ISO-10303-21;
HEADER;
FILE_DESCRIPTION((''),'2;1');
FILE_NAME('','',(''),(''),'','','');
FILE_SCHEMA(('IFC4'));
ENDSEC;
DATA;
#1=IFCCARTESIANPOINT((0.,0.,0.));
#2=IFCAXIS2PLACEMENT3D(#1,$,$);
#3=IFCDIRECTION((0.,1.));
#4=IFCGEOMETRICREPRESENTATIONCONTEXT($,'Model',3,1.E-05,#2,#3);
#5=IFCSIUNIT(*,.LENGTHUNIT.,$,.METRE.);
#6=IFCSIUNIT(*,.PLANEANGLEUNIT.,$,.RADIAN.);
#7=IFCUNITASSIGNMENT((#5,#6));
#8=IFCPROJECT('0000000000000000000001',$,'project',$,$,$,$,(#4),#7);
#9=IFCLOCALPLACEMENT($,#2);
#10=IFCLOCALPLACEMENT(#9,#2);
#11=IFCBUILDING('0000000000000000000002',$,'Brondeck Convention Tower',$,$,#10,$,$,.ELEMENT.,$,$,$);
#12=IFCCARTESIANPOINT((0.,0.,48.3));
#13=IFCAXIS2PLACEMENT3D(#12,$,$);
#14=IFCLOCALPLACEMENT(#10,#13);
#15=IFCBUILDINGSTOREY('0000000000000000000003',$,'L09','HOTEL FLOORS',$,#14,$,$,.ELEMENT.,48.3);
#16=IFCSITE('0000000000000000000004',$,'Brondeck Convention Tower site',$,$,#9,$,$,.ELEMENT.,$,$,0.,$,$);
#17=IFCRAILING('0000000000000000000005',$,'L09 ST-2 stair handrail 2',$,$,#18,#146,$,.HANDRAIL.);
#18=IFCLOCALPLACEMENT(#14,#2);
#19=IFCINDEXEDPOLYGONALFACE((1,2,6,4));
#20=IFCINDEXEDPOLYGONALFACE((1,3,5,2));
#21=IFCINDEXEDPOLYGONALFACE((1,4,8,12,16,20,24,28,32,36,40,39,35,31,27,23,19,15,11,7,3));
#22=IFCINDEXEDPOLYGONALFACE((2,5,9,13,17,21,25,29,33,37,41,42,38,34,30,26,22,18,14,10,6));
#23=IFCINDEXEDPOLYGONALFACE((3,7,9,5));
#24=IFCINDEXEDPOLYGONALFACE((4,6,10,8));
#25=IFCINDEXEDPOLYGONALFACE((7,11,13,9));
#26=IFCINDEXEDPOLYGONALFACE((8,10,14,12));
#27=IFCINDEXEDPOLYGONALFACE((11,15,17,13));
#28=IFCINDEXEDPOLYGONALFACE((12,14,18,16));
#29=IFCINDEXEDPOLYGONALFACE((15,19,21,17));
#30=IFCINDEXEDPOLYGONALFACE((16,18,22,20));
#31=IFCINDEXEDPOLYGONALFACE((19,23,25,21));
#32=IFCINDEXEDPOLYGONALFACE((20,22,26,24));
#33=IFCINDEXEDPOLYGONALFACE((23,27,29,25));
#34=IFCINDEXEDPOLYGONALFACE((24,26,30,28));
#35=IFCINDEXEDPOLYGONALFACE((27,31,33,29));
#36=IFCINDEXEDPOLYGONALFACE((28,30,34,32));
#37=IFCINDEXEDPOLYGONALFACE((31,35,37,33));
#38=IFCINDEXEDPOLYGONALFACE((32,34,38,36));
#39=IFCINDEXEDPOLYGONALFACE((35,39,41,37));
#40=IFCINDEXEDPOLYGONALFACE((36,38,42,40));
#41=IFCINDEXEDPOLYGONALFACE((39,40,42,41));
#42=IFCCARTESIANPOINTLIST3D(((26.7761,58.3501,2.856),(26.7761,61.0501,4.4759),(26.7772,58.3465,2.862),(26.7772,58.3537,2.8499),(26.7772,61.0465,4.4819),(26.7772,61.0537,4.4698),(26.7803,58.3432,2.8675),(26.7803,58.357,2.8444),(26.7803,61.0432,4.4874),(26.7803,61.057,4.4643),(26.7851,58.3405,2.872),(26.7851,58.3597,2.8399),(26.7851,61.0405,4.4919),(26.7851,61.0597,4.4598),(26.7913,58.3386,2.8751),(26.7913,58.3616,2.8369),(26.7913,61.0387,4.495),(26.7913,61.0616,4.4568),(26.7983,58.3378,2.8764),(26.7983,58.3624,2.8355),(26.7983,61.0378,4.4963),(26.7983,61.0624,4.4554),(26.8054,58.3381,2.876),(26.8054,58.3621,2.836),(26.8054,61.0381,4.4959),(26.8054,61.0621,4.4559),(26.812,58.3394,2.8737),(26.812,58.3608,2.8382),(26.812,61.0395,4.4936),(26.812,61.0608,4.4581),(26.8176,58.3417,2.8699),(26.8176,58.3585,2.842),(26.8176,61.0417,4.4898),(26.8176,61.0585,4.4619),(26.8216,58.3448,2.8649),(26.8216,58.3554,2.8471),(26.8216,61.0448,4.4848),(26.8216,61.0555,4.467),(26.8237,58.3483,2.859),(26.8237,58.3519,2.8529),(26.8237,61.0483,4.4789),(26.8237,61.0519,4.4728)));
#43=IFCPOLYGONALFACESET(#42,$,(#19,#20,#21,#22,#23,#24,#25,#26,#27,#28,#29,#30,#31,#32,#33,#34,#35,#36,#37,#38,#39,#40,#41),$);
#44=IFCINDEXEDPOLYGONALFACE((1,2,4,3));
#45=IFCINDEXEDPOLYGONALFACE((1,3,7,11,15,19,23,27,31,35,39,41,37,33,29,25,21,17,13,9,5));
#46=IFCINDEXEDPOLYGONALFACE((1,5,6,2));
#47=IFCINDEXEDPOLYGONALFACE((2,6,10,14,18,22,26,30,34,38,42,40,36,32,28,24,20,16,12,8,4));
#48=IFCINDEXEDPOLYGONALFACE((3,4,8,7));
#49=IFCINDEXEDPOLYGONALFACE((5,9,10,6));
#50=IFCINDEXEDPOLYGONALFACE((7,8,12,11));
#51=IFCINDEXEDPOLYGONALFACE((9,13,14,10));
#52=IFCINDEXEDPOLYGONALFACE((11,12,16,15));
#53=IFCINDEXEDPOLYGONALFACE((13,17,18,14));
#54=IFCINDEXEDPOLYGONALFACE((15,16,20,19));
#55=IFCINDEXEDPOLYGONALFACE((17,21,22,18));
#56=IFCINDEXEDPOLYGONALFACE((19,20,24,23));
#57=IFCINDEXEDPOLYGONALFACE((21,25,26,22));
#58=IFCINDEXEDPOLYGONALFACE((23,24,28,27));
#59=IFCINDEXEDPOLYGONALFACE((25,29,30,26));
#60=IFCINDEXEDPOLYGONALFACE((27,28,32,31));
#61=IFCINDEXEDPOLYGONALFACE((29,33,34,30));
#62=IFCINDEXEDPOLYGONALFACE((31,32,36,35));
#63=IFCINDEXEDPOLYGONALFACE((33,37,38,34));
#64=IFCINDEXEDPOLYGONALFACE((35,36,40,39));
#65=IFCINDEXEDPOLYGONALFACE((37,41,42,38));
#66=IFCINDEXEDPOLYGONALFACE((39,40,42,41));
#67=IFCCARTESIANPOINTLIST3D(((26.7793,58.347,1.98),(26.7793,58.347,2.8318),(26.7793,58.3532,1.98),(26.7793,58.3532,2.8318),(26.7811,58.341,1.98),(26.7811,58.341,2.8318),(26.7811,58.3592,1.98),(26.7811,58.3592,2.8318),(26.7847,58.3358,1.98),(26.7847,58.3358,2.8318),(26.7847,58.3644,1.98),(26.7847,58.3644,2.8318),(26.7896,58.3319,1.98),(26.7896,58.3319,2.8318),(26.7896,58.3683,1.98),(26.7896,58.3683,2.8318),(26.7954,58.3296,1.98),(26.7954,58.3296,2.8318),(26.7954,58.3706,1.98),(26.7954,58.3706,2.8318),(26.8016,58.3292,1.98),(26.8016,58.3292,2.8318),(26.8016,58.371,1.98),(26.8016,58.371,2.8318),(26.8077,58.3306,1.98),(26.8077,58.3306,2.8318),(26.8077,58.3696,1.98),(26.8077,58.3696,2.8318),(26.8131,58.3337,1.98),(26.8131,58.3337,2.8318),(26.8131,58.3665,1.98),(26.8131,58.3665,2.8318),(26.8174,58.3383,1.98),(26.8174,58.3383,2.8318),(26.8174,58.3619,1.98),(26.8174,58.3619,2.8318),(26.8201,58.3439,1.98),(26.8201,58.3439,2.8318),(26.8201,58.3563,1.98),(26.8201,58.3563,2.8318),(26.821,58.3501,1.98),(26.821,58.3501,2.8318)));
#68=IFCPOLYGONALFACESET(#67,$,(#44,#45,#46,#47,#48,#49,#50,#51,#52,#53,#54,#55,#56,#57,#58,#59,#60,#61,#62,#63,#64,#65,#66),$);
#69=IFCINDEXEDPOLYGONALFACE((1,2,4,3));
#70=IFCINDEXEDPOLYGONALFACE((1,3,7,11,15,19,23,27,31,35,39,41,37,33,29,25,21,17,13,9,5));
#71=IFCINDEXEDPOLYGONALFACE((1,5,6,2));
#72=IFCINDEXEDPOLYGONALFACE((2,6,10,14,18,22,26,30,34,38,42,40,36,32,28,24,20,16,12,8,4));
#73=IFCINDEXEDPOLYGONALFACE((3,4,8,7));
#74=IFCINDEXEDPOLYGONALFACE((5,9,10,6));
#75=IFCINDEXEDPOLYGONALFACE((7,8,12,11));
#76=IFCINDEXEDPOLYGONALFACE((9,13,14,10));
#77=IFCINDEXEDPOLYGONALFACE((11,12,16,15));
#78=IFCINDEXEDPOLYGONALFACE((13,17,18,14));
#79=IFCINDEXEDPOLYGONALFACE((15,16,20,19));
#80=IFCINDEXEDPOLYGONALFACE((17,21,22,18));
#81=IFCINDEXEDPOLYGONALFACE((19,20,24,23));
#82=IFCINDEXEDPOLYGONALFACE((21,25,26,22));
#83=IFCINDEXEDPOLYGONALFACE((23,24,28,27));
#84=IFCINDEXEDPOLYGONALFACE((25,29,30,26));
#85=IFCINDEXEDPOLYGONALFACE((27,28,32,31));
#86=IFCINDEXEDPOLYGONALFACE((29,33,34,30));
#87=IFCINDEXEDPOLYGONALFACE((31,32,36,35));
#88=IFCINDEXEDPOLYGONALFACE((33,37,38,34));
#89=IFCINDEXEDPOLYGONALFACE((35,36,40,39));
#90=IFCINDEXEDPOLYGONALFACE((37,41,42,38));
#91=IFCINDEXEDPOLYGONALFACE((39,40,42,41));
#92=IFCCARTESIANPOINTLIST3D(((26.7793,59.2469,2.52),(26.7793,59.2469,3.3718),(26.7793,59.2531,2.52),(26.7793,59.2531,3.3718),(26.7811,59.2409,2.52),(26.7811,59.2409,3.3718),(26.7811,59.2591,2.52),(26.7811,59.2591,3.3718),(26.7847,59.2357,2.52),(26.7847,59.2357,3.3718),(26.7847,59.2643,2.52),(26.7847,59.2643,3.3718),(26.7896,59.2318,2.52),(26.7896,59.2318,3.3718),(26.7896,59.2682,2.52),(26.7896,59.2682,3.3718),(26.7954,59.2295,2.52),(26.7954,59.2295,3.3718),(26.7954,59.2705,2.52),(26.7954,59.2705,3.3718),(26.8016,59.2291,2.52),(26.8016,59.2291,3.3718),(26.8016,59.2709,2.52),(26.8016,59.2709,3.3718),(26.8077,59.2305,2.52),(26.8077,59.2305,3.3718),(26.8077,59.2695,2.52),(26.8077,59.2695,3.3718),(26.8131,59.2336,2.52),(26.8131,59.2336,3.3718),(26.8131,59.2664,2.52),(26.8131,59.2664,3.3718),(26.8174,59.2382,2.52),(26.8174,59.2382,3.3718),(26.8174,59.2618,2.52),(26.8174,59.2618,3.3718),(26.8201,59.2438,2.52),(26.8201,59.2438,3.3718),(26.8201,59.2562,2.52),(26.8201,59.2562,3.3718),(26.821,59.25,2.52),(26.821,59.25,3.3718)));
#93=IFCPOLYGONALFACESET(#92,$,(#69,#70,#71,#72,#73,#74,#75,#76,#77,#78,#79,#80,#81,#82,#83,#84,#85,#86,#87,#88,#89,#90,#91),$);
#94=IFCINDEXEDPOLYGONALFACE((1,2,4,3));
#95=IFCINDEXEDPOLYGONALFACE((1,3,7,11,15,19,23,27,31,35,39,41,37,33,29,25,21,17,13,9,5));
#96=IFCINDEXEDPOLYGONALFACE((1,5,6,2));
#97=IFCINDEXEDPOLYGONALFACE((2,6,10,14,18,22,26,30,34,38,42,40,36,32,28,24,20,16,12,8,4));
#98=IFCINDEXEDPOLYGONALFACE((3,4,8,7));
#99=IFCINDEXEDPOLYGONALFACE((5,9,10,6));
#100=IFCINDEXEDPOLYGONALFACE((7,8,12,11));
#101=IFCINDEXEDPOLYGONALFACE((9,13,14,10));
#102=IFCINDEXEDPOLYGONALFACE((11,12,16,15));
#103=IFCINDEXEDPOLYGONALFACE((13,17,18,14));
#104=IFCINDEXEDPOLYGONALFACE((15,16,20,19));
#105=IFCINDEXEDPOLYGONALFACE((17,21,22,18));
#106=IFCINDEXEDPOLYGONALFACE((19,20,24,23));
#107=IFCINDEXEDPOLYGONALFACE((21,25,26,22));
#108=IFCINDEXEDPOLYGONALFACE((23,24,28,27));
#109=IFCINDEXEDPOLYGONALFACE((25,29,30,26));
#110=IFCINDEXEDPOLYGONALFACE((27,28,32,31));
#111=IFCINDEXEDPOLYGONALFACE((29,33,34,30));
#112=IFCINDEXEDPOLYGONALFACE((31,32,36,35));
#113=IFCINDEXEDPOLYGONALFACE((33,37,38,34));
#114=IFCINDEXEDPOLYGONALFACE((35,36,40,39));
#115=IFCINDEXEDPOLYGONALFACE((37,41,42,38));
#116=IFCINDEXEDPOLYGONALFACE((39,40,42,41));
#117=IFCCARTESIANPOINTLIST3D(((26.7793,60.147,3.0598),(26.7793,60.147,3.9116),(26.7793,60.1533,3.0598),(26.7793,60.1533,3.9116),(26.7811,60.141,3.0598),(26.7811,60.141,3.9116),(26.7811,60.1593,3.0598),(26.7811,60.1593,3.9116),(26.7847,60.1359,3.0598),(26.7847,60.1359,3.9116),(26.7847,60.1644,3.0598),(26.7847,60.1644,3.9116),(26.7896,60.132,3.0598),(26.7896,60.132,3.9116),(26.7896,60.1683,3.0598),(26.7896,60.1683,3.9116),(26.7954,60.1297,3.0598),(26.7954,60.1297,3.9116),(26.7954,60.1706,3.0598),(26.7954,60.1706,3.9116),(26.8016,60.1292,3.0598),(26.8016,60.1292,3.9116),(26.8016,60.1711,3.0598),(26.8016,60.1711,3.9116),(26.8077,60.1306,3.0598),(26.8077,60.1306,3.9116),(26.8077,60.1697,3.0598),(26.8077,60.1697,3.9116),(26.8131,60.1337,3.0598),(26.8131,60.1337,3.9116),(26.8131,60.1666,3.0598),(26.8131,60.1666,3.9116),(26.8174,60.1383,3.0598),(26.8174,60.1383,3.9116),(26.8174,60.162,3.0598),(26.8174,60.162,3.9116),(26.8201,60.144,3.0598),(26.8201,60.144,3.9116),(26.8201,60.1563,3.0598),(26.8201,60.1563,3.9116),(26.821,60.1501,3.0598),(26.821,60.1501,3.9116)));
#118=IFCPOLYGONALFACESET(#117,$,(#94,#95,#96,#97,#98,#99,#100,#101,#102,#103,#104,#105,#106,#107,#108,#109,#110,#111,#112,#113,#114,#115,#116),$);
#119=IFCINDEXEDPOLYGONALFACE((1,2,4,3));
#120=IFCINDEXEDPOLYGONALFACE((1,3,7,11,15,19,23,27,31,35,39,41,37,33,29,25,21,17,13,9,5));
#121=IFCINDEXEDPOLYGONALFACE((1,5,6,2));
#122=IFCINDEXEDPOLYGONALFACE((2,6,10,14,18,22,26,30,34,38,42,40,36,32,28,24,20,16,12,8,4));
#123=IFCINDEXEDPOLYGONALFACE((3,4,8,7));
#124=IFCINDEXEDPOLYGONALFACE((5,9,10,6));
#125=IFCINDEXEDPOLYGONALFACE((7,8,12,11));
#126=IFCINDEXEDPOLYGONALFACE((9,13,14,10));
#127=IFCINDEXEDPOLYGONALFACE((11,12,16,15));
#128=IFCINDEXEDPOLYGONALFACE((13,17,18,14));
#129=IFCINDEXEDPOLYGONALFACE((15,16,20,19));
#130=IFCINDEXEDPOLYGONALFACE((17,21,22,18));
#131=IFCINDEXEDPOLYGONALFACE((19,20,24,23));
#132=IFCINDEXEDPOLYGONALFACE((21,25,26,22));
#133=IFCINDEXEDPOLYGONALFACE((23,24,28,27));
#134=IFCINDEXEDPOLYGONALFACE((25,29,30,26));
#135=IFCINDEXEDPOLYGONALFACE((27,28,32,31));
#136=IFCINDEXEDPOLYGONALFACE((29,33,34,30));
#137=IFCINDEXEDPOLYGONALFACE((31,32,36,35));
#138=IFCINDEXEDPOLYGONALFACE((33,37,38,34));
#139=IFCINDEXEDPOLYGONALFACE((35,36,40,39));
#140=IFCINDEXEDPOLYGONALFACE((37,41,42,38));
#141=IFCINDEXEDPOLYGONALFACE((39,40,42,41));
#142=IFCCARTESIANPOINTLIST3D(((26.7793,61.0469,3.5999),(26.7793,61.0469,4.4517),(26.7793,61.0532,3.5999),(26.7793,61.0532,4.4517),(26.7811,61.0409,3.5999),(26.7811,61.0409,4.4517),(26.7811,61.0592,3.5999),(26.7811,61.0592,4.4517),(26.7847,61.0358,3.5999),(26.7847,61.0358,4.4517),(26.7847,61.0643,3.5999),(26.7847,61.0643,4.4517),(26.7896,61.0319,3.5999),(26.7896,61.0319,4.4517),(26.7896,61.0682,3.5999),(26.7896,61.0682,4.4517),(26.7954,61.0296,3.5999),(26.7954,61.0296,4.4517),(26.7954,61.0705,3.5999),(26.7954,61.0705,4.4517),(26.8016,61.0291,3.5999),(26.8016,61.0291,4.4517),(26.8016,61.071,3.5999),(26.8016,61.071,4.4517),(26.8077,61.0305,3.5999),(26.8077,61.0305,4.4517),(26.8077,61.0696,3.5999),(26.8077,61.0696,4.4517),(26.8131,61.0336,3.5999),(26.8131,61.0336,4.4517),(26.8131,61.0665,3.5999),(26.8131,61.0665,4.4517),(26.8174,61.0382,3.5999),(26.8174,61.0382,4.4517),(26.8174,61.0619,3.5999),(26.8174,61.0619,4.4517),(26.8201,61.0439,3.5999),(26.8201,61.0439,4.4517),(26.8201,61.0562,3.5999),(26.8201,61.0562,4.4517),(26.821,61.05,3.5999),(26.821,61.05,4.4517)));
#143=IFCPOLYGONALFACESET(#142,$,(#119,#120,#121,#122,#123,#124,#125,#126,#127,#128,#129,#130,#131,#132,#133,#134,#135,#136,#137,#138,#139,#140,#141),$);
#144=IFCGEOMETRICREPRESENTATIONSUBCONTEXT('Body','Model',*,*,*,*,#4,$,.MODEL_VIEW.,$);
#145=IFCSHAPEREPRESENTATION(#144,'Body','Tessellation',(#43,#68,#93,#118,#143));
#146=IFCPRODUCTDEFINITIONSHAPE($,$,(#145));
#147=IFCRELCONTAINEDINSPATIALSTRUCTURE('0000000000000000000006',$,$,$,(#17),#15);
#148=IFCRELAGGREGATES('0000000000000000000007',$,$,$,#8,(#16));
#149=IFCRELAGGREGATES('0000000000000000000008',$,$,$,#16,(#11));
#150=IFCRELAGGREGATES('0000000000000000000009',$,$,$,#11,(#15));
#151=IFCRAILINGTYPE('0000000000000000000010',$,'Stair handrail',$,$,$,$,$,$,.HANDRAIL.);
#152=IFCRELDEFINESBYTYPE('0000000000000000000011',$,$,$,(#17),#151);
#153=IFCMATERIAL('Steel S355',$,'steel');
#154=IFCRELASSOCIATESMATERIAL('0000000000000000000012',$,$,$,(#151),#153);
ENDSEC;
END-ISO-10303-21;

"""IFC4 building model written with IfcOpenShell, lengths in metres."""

from ifc_helpers import new_model, si_unit, direction, frame, origin, origin_2d, place, context, subcontext, project, spatial, circle, extrude, material, type_object, element, save


model = new_model("IFC4")

# Units and contexts
model_context = context("Model", 3, precision=1e-05, world=origin(), true_north=direction((0.0, 1.0)))
body_context = subcontext(model_context, "Body", "Model", "MODEL_VIEW")
ifc_project = project(units=[si_unit("LENGTHUNIT", "METRE"), si_unit("PLANEANGLEUNIT", "RADIAN")], contexts=[model_context])

# Site, building, storey
site_placement = place(None, origin())
site = spatial("IfcSite", under=ifc_project, at=site_placement, Name="Brondeck Convention Tower site", CompositionType="ELEMENT", RefElevation=0.0)
building_placement = place(site_placement, origin())
building = spatial("IfcBuilding", under=site, at=building_placement, Name="Brondeck Convention Tower", CompositionType="ELEMENT")
storey_placement = place(building_placement, frame((0.0, 0.0, 48.3)))
storey = spatial("IfcBuildingStorey", under=building, at=storey_placement, Name="L09", Description="HOTEL FLOORS", CompositionType="ELEMENT", Elevation=48.3)

# Railing
ifc_material_1 = material(Name="Steel S355", Category="steel")
railing_type_1 = type_object("IfcRailingType", Name="Stair handrail", PredefinedType="HANDRAIL", material=ifc_material_1)
railing_1_placement = place(storey_placement, frame((26.8, 58.3501, 1.98)))
element("IfcRailing", 1, at=railing_1_placement, inside=storey, type_object=railing_type_1, Name="L09 ST-2 stair handrail 2", PredefinedType="HANDRAIL", context=body_context, shape_type="SweptSolid", body=[
    extrude(circle(Radius=0.0239, at=origin_2d()), frame((0.0, 0.0, 0.876), z_axis=(0.0, 0.857507, 0.514473), x_axis=(-1.0, 0.0, 0.0)), (0.0, 0.0, 1.0), 3.1487),
    extrude(circle(Radius=0.021, at=origin_2d()), origin(), (0.0, 0.0, 1.0), 0.8518),
    extrude(circle(Radius=0.021, at=origin_2d()), frame((0.0, 0.8999, 0.54)), (0.0, 0.0, 1.0), 0.8518),
    extrude(circle(Radius=0.021, at=origin_2d()), frame((0.0, 1.8, 1.0798)), (0.0, 0.0, 1.0), 0.8518),
    extrude(circle(Radius=0.021, at=origin_2d()), frame((0.0, 2.7, 1.6199)), (0.0, 0.0, 1.0), 0.8518),
])

save(model, "model.ifc")
